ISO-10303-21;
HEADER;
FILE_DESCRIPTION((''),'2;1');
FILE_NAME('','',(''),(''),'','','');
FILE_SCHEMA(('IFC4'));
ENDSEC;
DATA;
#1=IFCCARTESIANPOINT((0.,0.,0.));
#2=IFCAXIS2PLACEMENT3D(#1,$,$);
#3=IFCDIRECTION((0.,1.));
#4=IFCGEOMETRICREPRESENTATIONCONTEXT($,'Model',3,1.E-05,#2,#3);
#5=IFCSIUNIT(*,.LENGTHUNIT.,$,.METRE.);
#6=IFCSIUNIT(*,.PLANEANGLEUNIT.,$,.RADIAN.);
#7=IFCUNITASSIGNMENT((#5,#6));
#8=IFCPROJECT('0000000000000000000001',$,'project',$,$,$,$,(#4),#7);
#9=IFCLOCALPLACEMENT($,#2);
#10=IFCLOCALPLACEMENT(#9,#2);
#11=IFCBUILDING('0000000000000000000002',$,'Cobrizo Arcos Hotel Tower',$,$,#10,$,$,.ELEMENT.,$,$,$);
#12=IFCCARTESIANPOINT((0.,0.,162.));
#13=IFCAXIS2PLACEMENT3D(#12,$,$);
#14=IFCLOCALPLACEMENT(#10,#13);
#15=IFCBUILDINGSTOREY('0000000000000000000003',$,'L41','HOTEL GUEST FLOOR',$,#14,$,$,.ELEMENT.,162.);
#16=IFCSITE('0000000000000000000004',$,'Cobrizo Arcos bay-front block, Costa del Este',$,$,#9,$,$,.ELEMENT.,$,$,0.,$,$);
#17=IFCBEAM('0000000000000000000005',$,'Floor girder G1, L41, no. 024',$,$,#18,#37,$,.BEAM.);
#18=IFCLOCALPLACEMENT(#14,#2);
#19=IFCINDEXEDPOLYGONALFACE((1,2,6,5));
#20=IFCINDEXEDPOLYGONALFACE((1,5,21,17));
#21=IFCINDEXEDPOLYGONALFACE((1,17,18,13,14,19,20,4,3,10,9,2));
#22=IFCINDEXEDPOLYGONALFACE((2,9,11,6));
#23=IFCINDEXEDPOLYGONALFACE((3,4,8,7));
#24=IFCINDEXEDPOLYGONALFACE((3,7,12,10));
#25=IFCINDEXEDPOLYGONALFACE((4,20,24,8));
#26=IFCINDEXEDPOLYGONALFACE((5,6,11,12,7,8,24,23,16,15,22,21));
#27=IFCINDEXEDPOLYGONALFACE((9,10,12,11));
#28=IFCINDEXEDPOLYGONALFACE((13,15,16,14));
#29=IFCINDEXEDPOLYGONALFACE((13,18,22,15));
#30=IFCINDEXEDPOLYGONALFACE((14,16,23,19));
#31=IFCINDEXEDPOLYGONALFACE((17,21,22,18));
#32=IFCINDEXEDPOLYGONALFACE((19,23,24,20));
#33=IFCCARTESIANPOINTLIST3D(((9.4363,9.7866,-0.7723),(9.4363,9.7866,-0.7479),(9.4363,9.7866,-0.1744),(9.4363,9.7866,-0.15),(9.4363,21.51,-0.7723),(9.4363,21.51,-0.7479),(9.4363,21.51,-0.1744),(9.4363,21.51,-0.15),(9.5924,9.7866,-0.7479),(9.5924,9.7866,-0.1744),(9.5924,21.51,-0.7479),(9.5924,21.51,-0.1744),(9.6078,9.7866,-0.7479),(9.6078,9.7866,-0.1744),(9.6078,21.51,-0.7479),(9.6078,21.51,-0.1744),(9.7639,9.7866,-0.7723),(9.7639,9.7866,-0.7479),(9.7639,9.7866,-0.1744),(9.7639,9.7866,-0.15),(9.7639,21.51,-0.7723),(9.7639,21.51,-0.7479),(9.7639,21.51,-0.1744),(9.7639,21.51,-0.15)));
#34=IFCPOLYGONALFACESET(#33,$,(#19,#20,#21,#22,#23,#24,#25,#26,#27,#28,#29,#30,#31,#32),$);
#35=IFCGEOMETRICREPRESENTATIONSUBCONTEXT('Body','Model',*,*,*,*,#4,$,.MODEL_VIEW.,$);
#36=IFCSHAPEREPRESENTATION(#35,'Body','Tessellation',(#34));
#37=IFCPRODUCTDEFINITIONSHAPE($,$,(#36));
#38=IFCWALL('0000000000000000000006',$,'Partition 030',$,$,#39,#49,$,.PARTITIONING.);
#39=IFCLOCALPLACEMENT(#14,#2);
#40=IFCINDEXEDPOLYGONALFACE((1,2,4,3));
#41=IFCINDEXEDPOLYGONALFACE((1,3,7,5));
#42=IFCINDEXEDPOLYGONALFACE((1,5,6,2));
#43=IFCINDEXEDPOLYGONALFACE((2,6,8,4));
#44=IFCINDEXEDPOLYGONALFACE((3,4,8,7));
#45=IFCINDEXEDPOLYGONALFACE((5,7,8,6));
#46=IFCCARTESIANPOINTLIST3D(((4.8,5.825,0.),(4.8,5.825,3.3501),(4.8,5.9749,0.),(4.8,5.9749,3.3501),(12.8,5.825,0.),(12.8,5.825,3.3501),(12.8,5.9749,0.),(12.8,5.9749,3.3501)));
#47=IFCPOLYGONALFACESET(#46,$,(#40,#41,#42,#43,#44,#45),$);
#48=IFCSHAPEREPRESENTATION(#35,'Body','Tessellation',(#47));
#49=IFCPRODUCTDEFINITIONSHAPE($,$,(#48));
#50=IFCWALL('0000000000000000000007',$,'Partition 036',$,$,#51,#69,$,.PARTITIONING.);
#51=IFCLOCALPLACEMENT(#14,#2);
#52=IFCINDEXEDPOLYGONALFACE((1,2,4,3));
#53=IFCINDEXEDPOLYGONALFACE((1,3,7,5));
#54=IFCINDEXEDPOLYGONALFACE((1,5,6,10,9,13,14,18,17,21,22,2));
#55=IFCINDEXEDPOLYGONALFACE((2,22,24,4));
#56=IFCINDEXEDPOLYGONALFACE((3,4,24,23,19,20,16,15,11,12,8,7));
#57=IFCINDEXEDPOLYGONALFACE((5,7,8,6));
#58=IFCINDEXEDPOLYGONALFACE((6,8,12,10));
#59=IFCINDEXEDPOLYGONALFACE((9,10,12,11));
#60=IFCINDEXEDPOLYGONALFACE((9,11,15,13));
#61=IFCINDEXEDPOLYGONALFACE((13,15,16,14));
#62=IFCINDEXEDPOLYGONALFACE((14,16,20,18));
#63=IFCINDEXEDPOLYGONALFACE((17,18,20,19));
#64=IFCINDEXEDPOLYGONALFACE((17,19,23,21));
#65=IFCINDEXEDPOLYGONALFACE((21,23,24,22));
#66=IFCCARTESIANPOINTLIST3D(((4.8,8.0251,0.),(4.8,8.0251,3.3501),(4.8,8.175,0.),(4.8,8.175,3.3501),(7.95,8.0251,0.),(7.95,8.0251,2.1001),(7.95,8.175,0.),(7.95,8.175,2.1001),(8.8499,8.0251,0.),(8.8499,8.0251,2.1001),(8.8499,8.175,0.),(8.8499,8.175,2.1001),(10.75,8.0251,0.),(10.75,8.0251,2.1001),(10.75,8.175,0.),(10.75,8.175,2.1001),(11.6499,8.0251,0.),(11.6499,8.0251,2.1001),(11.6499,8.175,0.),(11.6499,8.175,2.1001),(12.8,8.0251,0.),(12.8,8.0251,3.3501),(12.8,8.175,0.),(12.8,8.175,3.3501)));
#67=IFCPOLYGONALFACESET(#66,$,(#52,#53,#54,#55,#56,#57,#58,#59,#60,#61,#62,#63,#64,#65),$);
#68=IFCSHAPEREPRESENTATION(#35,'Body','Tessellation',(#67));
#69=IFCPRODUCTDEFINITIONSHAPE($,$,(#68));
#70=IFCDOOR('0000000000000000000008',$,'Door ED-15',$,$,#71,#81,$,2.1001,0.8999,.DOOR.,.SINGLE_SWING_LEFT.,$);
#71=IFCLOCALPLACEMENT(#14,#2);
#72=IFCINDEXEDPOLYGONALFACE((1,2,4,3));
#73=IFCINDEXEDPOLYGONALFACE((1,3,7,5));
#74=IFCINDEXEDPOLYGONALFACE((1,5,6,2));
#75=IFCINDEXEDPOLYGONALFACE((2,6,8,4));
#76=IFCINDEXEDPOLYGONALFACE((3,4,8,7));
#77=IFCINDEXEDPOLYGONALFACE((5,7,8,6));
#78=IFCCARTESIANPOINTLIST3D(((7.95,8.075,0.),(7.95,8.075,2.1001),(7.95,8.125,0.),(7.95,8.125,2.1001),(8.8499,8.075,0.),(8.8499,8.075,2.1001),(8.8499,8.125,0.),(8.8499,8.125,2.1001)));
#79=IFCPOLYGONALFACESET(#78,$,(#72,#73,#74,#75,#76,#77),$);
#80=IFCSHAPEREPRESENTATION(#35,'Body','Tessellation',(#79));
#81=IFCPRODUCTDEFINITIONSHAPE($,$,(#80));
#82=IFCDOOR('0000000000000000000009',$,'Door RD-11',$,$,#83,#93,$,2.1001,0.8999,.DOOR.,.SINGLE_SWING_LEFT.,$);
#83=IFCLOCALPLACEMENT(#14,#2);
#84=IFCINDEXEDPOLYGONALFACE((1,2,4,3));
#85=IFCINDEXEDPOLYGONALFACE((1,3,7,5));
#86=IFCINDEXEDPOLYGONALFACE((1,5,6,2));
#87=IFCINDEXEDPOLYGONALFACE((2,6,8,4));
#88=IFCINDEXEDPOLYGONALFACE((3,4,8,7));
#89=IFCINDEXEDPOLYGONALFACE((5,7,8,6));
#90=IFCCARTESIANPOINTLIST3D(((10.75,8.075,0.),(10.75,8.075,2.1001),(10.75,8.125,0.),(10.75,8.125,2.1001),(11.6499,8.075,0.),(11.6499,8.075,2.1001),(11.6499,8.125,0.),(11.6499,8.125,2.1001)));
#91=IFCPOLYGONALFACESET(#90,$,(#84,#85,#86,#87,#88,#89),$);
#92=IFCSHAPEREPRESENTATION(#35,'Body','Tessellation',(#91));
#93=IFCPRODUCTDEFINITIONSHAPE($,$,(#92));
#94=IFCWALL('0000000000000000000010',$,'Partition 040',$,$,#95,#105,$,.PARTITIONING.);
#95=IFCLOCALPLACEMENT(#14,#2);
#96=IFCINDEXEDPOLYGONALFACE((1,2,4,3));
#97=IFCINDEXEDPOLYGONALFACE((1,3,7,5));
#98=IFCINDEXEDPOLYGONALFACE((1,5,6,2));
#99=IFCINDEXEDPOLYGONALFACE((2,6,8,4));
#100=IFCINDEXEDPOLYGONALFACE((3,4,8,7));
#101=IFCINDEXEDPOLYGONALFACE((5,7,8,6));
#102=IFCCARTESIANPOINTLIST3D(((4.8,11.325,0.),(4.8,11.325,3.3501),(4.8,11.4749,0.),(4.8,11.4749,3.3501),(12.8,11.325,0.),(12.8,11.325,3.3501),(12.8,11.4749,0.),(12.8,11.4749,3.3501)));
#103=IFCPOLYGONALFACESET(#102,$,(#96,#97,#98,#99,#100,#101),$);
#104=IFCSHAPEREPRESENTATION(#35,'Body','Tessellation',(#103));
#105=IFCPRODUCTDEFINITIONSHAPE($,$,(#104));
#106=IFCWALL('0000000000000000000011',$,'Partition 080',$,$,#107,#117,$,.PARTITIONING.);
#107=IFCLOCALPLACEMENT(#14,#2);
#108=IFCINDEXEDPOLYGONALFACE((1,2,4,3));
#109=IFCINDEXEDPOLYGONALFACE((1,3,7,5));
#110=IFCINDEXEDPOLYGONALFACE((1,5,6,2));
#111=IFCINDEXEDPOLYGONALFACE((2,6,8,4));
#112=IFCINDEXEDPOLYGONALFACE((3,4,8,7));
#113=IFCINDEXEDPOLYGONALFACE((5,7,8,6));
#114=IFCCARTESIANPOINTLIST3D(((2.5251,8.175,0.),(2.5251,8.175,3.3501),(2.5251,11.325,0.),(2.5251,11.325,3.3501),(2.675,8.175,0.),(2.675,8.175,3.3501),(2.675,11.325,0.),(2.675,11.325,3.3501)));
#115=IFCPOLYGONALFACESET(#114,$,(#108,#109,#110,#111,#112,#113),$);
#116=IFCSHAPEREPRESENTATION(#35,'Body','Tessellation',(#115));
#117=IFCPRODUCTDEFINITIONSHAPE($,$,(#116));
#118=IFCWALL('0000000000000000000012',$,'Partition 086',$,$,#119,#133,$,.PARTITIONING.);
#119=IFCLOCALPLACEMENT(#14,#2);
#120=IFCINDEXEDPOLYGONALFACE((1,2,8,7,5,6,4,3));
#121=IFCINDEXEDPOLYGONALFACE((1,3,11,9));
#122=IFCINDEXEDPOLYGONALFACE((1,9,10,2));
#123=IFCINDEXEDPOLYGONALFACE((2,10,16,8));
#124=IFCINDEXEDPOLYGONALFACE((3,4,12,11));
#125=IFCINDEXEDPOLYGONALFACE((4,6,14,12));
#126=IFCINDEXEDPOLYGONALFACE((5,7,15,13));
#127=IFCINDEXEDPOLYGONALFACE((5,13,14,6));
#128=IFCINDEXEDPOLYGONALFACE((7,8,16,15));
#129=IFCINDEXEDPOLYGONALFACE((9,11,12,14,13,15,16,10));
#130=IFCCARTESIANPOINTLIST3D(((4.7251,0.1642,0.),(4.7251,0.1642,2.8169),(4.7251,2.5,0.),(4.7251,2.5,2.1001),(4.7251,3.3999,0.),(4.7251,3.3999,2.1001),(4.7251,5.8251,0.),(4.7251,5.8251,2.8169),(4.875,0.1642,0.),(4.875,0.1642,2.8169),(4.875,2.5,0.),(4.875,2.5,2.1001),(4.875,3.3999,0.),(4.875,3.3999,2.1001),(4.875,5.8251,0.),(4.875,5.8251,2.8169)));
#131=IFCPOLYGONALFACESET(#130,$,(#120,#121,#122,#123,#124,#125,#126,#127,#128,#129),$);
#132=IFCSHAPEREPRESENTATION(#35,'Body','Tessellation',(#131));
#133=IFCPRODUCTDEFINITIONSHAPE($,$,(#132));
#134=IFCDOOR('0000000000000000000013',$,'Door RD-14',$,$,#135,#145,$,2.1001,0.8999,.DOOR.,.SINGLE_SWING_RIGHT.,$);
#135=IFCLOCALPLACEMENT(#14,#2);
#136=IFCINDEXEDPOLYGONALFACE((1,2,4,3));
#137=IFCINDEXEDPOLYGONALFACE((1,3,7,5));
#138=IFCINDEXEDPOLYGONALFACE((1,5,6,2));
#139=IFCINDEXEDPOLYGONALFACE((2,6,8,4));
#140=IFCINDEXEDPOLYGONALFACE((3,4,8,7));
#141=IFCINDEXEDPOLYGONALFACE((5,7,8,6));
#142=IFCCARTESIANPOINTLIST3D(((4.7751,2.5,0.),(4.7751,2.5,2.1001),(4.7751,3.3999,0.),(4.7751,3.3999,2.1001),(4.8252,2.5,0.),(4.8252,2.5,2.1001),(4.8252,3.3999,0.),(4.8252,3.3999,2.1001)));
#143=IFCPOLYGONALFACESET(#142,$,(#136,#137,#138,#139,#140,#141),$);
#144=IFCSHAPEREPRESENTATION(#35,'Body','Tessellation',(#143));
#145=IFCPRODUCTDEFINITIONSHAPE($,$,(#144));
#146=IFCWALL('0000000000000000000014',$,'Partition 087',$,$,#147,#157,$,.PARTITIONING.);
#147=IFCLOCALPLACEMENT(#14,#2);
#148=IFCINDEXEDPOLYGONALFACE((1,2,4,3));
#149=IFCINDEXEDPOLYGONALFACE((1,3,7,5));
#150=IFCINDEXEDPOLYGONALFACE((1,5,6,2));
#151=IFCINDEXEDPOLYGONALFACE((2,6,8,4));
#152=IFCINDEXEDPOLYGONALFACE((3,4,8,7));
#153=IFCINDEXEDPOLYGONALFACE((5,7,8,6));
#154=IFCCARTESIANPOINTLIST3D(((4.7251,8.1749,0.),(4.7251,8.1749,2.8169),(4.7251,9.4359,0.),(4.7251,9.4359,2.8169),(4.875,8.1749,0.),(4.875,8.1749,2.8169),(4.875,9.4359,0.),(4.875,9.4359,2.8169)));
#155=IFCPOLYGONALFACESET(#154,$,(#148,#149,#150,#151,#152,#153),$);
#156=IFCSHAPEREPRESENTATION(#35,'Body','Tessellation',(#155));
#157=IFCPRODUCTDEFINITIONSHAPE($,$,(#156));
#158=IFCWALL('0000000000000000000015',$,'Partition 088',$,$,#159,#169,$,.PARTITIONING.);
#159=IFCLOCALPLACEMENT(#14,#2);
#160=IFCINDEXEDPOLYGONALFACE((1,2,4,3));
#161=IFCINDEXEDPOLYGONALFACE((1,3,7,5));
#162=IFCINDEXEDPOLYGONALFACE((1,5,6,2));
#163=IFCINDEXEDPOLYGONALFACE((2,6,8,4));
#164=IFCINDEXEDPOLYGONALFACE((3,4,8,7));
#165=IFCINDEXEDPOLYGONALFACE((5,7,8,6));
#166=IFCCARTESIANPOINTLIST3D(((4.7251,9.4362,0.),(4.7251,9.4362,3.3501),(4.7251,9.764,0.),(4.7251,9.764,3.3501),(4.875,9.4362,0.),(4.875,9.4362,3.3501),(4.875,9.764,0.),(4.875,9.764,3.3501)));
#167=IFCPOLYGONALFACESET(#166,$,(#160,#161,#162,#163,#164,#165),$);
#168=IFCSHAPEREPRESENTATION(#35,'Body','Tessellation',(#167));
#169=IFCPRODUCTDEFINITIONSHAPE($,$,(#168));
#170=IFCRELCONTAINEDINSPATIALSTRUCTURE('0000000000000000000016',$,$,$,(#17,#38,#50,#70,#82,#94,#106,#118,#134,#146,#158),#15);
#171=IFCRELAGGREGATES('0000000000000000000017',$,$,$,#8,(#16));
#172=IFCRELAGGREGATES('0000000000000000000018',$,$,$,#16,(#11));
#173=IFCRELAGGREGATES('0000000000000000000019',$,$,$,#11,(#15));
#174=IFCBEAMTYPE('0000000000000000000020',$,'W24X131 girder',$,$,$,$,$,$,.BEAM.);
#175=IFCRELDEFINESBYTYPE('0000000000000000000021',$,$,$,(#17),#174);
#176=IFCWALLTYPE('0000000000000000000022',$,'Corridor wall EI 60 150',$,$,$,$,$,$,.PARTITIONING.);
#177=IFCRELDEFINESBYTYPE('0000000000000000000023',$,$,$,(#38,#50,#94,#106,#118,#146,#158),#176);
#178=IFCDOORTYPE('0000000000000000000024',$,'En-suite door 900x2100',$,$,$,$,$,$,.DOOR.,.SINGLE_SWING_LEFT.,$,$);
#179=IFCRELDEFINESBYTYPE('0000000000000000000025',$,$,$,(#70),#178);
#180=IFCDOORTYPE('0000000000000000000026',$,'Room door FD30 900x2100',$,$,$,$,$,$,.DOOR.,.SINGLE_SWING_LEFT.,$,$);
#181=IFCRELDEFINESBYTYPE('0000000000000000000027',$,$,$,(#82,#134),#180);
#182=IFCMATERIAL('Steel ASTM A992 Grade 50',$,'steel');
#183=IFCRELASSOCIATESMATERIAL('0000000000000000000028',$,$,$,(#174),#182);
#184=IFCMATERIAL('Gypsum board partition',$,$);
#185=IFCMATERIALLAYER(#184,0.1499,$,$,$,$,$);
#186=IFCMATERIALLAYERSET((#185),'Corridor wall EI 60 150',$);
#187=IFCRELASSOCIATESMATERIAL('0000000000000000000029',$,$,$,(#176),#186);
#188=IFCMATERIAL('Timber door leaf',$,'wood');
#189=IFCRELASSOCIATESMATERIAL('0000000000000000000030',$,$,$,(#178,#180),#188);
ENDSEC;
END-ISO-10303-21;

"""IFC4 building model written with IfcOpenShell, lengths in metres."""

from ifc_helpers import new_model, si_unit, direction, frame, frame_2d, origin, origin_2d, place, context, subcontext, project, spatial, rectangle, i_section, extrude, material, layer, layer_set, material_profile, profile_set, type_object, element, fill, save


model = new_model("IFC4")

# Units and contexts
model_context = context("Model", 3, precision=1e-05, world=origin(), true_north=direction((0.0, 1.0)))
body_context = subcontext(model_context, "Body", "Model", "MODEL_VIEW")
ifc_project = project(units=[si_unit("LENGTHUNIT", "METRE"), si_unit("PLANEANGLEUNIT", "RADIAN")], contexts=[model_context])

# Site, building, storey
site_placement = place(None, origin())
site = spatial("IfcSite", under=ifc_project, at=site_placement, Name="Cobrizo Arcos bay-front block, Costa del Este", CompositionType="ELEMENT", RefElevation=0.0)
building_placement = place(site_placement, origin())
building = spatial("IfcBuilding", under=site, at=building_placement, Name="Cobrizo Arcos Hotel Tower", CompositionType="ELEMENT")
storey_placement = place(building_placement, frame((0.0, 0.0, 162.0)))
storey = spatial("IfcBuildingStorey", under=building, at=storey_placement, Name="L41", Description="HOTEL GUEST FLOOR", CompositionType="ELEMENT", Elevation=162.0)

# Shared definitions
ifc_material_1 = material(Name="Steel ASTM A992 Grade 50", Category="steel")

# Beam
ifc_material_profile_1 = material_profile(ifc_material_1, i_section(OverallWidth=0.3276, OverallDepth=0.6223, WebThickness=0.0154, FlangeThickness=0.0244, at=origin_2d()), Name="W24X131")
ifc_profile_set_1 = profile_set([ifc_material_profile_1], Name="Steel ASTM A992 Grade 50")
beam_type_1 = type_object("IfcBeamType", Name="W24X131 girder", PredefinedType="BEAM", material=ifc_profile_set_1)
beam_1_placement = place(storey_placement, frame((9.6001, 9.7866, -0.4612), z_axis=(0.0, 1.0, 0.0), x_axis=(-1.0, 0.0, 0.0)))
element("IfcBeam", 1, at=beam_1_placement, inside=storey, type_object=beam_type_1, Name="Floor girder G1, L41, no. 024", PredefinedType="BEAM", context=body_context, shape_type="SweptSolid", body=[
    extrude(i_section(OverallWidth=0.3276, OverallDepth=0.6223, WebThickness=0.0154, FlangeThickness=0.0244, at=origin_2d()), origin(), (0.0, 0.0, 1.0), 11.7234),
])

# Wall
ifc_material_2 = material(Name="Gypsum board partition")
ifc_layer_1 = layer(ifc_material_2, 0.1499)
ifc_layer_set_1 = layer_set([ifc_layer_1], Name="Corridor wall EI 60 150")
wall_type_1 = type_object("IfcWallType", Name="Corridor wall EI 60 150", PredefinedType="PARTITIONING", material=ifc_layer_set_1)
wall_1_placement = place(storey_placement, frame((4.8, 5.8999, 0.0), z_axis=(0.0, 0.0, 1.0), x_axis=(1.0, 0.0, 0.0)))
element("IfcWall", 2, at=wall_1_placement, inside=storey, type_object=wall_type_1, Name="Partition 030", PredefinedType="PARTITIONING", context=body_context, shape_type="SweptSolid", body=[
    extrude(rectangle(XDim=8.0, YDim=0.1499, at=frame_2d((4.0, 0.0))), origin(), (0.0, 0.0, 1.0), 3.3501),
])

# Wall, openings, doors
wall_2_placement = place(storey_placement, frame((4.8, 8.1001, 0.0), z_axis=(0.0, 0.0, 1.0), x_axis=(1.0, 0.0, 0.0)))
wall_2 = element("IfcWall", 3, at=wall_2_placement, inside=storey, type_object=wall_type_1, Name="Partition 036", PredefinedType="PARTITIONING", context=body_context, shape_type="SweptSolid", body=[
    extrude(rectangle(XDim=8.0, YDim=0.1499, at=frame_2d((4.0, 0.0))), origin(), (0.0, 0.0, 1.0), 3.3501),
])
opening_1_placement = place(wall_2_placement, frame((5.95, 0.0, 0.0)))
opening_1 = element("IfcOpeningElement", 4, at=opening_1_placement, cuts=wall_2, PredefinedType="OPENING", context=body_context, shape_type="SweptSolid", body=[
    extrude(rectangle(XDim=0.8999, YDim=2.1001, at=frame_2d((0.45, 1.05))), frame((0.0, 0.0869, 0.0), z_axis=(0.0, -1.0, 0.0), x_axis=(1.0, 0.0, 0.0)), (0.0, 0.0, 1.0), 0.1738),
])
opening_2_placement = place(wall_2_placement, frame((3.1499, 0.0, 0.0)))
opening_2 = element("IfcOpeningElement", 5, at=opening_2_placement, cuts=wall_2, PredefinedType="OPENING", context=body_context, shape_type="SweptSolid", body=[
    extrude(rectangle(XDim=0.8999, YDim=2.1001, at=frame_2d((0.45, 1.05))), frame((0.0, 0.0869, 0.0), z_axis=(0.0, -1.0, 0.0), x_axis=(1.0, 0.0, 0.0)), (0.0, 0.0, 1.0), 0.1738),
])
ifc_material_3 = material(Name="Timber door leaf", Category="wood")
door_type_1 = type_object("IfcDoorType", Name="En-suite door 900x2100", OperationType="SINGLE_SWING_LEFT", PredefinedType="DOOR", material=ifc_material_3)
door_1_placement = place(opening_2_placement, origin())
door_1 = element("IfcDoor", 6, at=door_1_placement, inside=storey, type_object=door_type_1, Name="Door ED-15", OperationType="SINGLE_SWING_LEFT", OverallHeight=2.1001, OverallWidth=0.8999, PredefinedType="DOOR", context=body_context, shape_type="SweptSolid", body=[
    extrude(rectangle(XDim=0.8999, YDim=2.1001, at=frame_2d((0.45, 1.05))), frame((0.0, 0.0249, 0.0), z_axis=(0.0, -1.0, 0.0), x_axis=(1.0, 0.0, 0.0)), (0.0, 0.0, 1.0), 0.05),
])
fill(opening_2, door_1)
door_type_2 = type_object("IfcDoorType", Name="Room door FD30 900x2100", OperationType="SINGLE_SWING_LEFT", PredefinedType="DOOR", material=ifc_material_3)
door_2_placement = place(opening_1_placement, origin())
door_2 = element("IfcDoor", 7, at=door_2_placement, inside=storey, type_object=door_type_2, Name="Door RD-11", OperationType="SINGLE_SWING_LEFT", OverallHeight=2.1001, OverallWidth=0.8999, PredefinedType="DOOR", context=body_context, shape_type="SweptSolid", body=[
    extrude(rectangle(XDim=0.8999, YDim=2.1001, at=frame_2d((0.45, 1.05))), frame((0.0, 0.0249, 0.0), z_axis=(0.0, -1.0, 0.0), x_axis=(1.0, 0.0, 0.0)), (0.0, 0.0, 1.0), 0.05),
])
fill(opening_1, door_2)

# Walls
wall_3_placement = place(storey_placement, frame((4.8, 11.3999, 0.0), z_axis=(0.0, 0.0, 1.0), x_axis=(1.0, 0.0, 0.0)))
element("IfcWall", 8, at=wall_3_placement, inside=storey, type_object=wall_type_1, Name="Partition 040", PredefinedType="PARTITIONING", context=body_context, shape_type="SweptSolid", body=[
    extrude(rectangle(XDim=8.0, YDim=0.1499, at=frame_2d((4.0, 0.0))), origin(), (0.0, 0.0, 1.0), 3.3501),
])
wall_4_placement = place(storey_placement, frame((2.6001, 8.175, 0.0), z_axis=(0.0, 0.0, 1.0), x_axis=(0.0, 1.0, 0.0)))
element("IfcWall", 9, at=wall_4_placement, inside=storey, type_object=wall_type_1, Name="Partition 080", PredefinedType="PARTITIONING", context=body_context, shape_type="SweptSolid", body=[
    extrude(rectangle(XDim=3.1499, YDim=0.1499, at=frame_2d((1.575, 0.0))), origin(), (0.0, 0.0, 1.0), 3.3501),
])

# Wall, opening, door
wall_5_placement = place(storey_placement, frame((4.8, 0.1641, 0.0), z_axis=(0.0, 0.0, 1.0), x_axis=(0.0, 1.0, 0.0)))
wall_5 = element("IfcWall", 10, at=wall_5_placement, inside=storey, type_object=wall_type_1, Name="Partition 086", PredefinedType="PARTITIONING", context=body_context, shape_type="SweptSolid", body=[
    extrude(rectangle(XDim=5.6609, YDim=0.1499, at=frame_2d((2.8306, 0.0))), origin(), (0.0, 0.0, 1.0), 2.8169),
])
opening_3_placement = place(wall_5_placement, frame((2.3359, 0.0, 0.0)))
opening_3 = element("IfcOpeningElement", 11, at=opening_3_placement, cuts=wall_5, PredefinedType="OPENING", context=body_context, shape_type="SweptSolid", body=[
    extrude(rectangle(XDim=0.8999, YDim=2.1001, at=frame_2d((0.45, 1.05))), frame((0.0, 0.0869, 0.0), z_axis=(0.0, -1.0, 0.0), x_axis=(1.0, 0.0, 0.0)), (0.0, 0.0, 1.0), 0.1738),
])
door_3_placement = place(opening_3_placement, origin())
door_3 = element("IfcDoor", 12, at=door_3_placement, inside=storey, type_object=door_type_2, Name="Door RD-14", OperationType="SINGLE_SWING_RIGHT", OverallHeight=2.1001, OverallWidth=0.8999, PredefinedType="DOOR", context=body_context, shape_type="SweptSolid", body=[
    extrude(rectangle(XDim=0.8999, YDim=2.1001, at=frame_2d((0.45, 1.05))), frame((0.0, 0.0249, 0.0), z_axis=(0.0, -1.0, 0.0), x_axis=(1.0, 0.0, 0.0)), (0.0, 0.0, 1.0), 0.05),
])
fill(opening_3, door_3)

# Walls
wall_6_placement = place(storey_placement, frame((4.8, 8.175, 0.0), z_axis=(0.0, 0.0, 1.0), x_axis=(0.0, 1.0, 0.0)))
element("IfcWall", 13, at=wall_6_placement, inside=storey, type_object=wall_type_1, Name="Partition 087", PredefinedType="PARTITIONING", context=body_context, shape_type="SweptSolid", body=[
    extrude(rectangle(XDim=1.261, YDim=0.1499, at=frame_2d((0.6304, 0.0))), origin(), (0.0, 0.0, 1.0), 2.8169),
])
wall_7_placement = place(storey_placement, frame((4.8, 9.436, 0.0), z_axis=(0.0, 0.0, 1.0), x_axis=(0.0, 1.0, 0.0)))
element("IfcWall", 14, at=wall_7_placement, inside=storey, type_object=wall_type_1, Name="Partition 088", PredefinedType="PARTITIONING", context=body_context, shape_type="SweptSolid", body=[
    extrude(rectangle(XDim=0.3279, YDim=0.1499, at=frame_2d((0.1641, 0.0))), origin(), (0.0, 0.0, 1.0), 3.3501),
])

save(model, "model.ifc")
